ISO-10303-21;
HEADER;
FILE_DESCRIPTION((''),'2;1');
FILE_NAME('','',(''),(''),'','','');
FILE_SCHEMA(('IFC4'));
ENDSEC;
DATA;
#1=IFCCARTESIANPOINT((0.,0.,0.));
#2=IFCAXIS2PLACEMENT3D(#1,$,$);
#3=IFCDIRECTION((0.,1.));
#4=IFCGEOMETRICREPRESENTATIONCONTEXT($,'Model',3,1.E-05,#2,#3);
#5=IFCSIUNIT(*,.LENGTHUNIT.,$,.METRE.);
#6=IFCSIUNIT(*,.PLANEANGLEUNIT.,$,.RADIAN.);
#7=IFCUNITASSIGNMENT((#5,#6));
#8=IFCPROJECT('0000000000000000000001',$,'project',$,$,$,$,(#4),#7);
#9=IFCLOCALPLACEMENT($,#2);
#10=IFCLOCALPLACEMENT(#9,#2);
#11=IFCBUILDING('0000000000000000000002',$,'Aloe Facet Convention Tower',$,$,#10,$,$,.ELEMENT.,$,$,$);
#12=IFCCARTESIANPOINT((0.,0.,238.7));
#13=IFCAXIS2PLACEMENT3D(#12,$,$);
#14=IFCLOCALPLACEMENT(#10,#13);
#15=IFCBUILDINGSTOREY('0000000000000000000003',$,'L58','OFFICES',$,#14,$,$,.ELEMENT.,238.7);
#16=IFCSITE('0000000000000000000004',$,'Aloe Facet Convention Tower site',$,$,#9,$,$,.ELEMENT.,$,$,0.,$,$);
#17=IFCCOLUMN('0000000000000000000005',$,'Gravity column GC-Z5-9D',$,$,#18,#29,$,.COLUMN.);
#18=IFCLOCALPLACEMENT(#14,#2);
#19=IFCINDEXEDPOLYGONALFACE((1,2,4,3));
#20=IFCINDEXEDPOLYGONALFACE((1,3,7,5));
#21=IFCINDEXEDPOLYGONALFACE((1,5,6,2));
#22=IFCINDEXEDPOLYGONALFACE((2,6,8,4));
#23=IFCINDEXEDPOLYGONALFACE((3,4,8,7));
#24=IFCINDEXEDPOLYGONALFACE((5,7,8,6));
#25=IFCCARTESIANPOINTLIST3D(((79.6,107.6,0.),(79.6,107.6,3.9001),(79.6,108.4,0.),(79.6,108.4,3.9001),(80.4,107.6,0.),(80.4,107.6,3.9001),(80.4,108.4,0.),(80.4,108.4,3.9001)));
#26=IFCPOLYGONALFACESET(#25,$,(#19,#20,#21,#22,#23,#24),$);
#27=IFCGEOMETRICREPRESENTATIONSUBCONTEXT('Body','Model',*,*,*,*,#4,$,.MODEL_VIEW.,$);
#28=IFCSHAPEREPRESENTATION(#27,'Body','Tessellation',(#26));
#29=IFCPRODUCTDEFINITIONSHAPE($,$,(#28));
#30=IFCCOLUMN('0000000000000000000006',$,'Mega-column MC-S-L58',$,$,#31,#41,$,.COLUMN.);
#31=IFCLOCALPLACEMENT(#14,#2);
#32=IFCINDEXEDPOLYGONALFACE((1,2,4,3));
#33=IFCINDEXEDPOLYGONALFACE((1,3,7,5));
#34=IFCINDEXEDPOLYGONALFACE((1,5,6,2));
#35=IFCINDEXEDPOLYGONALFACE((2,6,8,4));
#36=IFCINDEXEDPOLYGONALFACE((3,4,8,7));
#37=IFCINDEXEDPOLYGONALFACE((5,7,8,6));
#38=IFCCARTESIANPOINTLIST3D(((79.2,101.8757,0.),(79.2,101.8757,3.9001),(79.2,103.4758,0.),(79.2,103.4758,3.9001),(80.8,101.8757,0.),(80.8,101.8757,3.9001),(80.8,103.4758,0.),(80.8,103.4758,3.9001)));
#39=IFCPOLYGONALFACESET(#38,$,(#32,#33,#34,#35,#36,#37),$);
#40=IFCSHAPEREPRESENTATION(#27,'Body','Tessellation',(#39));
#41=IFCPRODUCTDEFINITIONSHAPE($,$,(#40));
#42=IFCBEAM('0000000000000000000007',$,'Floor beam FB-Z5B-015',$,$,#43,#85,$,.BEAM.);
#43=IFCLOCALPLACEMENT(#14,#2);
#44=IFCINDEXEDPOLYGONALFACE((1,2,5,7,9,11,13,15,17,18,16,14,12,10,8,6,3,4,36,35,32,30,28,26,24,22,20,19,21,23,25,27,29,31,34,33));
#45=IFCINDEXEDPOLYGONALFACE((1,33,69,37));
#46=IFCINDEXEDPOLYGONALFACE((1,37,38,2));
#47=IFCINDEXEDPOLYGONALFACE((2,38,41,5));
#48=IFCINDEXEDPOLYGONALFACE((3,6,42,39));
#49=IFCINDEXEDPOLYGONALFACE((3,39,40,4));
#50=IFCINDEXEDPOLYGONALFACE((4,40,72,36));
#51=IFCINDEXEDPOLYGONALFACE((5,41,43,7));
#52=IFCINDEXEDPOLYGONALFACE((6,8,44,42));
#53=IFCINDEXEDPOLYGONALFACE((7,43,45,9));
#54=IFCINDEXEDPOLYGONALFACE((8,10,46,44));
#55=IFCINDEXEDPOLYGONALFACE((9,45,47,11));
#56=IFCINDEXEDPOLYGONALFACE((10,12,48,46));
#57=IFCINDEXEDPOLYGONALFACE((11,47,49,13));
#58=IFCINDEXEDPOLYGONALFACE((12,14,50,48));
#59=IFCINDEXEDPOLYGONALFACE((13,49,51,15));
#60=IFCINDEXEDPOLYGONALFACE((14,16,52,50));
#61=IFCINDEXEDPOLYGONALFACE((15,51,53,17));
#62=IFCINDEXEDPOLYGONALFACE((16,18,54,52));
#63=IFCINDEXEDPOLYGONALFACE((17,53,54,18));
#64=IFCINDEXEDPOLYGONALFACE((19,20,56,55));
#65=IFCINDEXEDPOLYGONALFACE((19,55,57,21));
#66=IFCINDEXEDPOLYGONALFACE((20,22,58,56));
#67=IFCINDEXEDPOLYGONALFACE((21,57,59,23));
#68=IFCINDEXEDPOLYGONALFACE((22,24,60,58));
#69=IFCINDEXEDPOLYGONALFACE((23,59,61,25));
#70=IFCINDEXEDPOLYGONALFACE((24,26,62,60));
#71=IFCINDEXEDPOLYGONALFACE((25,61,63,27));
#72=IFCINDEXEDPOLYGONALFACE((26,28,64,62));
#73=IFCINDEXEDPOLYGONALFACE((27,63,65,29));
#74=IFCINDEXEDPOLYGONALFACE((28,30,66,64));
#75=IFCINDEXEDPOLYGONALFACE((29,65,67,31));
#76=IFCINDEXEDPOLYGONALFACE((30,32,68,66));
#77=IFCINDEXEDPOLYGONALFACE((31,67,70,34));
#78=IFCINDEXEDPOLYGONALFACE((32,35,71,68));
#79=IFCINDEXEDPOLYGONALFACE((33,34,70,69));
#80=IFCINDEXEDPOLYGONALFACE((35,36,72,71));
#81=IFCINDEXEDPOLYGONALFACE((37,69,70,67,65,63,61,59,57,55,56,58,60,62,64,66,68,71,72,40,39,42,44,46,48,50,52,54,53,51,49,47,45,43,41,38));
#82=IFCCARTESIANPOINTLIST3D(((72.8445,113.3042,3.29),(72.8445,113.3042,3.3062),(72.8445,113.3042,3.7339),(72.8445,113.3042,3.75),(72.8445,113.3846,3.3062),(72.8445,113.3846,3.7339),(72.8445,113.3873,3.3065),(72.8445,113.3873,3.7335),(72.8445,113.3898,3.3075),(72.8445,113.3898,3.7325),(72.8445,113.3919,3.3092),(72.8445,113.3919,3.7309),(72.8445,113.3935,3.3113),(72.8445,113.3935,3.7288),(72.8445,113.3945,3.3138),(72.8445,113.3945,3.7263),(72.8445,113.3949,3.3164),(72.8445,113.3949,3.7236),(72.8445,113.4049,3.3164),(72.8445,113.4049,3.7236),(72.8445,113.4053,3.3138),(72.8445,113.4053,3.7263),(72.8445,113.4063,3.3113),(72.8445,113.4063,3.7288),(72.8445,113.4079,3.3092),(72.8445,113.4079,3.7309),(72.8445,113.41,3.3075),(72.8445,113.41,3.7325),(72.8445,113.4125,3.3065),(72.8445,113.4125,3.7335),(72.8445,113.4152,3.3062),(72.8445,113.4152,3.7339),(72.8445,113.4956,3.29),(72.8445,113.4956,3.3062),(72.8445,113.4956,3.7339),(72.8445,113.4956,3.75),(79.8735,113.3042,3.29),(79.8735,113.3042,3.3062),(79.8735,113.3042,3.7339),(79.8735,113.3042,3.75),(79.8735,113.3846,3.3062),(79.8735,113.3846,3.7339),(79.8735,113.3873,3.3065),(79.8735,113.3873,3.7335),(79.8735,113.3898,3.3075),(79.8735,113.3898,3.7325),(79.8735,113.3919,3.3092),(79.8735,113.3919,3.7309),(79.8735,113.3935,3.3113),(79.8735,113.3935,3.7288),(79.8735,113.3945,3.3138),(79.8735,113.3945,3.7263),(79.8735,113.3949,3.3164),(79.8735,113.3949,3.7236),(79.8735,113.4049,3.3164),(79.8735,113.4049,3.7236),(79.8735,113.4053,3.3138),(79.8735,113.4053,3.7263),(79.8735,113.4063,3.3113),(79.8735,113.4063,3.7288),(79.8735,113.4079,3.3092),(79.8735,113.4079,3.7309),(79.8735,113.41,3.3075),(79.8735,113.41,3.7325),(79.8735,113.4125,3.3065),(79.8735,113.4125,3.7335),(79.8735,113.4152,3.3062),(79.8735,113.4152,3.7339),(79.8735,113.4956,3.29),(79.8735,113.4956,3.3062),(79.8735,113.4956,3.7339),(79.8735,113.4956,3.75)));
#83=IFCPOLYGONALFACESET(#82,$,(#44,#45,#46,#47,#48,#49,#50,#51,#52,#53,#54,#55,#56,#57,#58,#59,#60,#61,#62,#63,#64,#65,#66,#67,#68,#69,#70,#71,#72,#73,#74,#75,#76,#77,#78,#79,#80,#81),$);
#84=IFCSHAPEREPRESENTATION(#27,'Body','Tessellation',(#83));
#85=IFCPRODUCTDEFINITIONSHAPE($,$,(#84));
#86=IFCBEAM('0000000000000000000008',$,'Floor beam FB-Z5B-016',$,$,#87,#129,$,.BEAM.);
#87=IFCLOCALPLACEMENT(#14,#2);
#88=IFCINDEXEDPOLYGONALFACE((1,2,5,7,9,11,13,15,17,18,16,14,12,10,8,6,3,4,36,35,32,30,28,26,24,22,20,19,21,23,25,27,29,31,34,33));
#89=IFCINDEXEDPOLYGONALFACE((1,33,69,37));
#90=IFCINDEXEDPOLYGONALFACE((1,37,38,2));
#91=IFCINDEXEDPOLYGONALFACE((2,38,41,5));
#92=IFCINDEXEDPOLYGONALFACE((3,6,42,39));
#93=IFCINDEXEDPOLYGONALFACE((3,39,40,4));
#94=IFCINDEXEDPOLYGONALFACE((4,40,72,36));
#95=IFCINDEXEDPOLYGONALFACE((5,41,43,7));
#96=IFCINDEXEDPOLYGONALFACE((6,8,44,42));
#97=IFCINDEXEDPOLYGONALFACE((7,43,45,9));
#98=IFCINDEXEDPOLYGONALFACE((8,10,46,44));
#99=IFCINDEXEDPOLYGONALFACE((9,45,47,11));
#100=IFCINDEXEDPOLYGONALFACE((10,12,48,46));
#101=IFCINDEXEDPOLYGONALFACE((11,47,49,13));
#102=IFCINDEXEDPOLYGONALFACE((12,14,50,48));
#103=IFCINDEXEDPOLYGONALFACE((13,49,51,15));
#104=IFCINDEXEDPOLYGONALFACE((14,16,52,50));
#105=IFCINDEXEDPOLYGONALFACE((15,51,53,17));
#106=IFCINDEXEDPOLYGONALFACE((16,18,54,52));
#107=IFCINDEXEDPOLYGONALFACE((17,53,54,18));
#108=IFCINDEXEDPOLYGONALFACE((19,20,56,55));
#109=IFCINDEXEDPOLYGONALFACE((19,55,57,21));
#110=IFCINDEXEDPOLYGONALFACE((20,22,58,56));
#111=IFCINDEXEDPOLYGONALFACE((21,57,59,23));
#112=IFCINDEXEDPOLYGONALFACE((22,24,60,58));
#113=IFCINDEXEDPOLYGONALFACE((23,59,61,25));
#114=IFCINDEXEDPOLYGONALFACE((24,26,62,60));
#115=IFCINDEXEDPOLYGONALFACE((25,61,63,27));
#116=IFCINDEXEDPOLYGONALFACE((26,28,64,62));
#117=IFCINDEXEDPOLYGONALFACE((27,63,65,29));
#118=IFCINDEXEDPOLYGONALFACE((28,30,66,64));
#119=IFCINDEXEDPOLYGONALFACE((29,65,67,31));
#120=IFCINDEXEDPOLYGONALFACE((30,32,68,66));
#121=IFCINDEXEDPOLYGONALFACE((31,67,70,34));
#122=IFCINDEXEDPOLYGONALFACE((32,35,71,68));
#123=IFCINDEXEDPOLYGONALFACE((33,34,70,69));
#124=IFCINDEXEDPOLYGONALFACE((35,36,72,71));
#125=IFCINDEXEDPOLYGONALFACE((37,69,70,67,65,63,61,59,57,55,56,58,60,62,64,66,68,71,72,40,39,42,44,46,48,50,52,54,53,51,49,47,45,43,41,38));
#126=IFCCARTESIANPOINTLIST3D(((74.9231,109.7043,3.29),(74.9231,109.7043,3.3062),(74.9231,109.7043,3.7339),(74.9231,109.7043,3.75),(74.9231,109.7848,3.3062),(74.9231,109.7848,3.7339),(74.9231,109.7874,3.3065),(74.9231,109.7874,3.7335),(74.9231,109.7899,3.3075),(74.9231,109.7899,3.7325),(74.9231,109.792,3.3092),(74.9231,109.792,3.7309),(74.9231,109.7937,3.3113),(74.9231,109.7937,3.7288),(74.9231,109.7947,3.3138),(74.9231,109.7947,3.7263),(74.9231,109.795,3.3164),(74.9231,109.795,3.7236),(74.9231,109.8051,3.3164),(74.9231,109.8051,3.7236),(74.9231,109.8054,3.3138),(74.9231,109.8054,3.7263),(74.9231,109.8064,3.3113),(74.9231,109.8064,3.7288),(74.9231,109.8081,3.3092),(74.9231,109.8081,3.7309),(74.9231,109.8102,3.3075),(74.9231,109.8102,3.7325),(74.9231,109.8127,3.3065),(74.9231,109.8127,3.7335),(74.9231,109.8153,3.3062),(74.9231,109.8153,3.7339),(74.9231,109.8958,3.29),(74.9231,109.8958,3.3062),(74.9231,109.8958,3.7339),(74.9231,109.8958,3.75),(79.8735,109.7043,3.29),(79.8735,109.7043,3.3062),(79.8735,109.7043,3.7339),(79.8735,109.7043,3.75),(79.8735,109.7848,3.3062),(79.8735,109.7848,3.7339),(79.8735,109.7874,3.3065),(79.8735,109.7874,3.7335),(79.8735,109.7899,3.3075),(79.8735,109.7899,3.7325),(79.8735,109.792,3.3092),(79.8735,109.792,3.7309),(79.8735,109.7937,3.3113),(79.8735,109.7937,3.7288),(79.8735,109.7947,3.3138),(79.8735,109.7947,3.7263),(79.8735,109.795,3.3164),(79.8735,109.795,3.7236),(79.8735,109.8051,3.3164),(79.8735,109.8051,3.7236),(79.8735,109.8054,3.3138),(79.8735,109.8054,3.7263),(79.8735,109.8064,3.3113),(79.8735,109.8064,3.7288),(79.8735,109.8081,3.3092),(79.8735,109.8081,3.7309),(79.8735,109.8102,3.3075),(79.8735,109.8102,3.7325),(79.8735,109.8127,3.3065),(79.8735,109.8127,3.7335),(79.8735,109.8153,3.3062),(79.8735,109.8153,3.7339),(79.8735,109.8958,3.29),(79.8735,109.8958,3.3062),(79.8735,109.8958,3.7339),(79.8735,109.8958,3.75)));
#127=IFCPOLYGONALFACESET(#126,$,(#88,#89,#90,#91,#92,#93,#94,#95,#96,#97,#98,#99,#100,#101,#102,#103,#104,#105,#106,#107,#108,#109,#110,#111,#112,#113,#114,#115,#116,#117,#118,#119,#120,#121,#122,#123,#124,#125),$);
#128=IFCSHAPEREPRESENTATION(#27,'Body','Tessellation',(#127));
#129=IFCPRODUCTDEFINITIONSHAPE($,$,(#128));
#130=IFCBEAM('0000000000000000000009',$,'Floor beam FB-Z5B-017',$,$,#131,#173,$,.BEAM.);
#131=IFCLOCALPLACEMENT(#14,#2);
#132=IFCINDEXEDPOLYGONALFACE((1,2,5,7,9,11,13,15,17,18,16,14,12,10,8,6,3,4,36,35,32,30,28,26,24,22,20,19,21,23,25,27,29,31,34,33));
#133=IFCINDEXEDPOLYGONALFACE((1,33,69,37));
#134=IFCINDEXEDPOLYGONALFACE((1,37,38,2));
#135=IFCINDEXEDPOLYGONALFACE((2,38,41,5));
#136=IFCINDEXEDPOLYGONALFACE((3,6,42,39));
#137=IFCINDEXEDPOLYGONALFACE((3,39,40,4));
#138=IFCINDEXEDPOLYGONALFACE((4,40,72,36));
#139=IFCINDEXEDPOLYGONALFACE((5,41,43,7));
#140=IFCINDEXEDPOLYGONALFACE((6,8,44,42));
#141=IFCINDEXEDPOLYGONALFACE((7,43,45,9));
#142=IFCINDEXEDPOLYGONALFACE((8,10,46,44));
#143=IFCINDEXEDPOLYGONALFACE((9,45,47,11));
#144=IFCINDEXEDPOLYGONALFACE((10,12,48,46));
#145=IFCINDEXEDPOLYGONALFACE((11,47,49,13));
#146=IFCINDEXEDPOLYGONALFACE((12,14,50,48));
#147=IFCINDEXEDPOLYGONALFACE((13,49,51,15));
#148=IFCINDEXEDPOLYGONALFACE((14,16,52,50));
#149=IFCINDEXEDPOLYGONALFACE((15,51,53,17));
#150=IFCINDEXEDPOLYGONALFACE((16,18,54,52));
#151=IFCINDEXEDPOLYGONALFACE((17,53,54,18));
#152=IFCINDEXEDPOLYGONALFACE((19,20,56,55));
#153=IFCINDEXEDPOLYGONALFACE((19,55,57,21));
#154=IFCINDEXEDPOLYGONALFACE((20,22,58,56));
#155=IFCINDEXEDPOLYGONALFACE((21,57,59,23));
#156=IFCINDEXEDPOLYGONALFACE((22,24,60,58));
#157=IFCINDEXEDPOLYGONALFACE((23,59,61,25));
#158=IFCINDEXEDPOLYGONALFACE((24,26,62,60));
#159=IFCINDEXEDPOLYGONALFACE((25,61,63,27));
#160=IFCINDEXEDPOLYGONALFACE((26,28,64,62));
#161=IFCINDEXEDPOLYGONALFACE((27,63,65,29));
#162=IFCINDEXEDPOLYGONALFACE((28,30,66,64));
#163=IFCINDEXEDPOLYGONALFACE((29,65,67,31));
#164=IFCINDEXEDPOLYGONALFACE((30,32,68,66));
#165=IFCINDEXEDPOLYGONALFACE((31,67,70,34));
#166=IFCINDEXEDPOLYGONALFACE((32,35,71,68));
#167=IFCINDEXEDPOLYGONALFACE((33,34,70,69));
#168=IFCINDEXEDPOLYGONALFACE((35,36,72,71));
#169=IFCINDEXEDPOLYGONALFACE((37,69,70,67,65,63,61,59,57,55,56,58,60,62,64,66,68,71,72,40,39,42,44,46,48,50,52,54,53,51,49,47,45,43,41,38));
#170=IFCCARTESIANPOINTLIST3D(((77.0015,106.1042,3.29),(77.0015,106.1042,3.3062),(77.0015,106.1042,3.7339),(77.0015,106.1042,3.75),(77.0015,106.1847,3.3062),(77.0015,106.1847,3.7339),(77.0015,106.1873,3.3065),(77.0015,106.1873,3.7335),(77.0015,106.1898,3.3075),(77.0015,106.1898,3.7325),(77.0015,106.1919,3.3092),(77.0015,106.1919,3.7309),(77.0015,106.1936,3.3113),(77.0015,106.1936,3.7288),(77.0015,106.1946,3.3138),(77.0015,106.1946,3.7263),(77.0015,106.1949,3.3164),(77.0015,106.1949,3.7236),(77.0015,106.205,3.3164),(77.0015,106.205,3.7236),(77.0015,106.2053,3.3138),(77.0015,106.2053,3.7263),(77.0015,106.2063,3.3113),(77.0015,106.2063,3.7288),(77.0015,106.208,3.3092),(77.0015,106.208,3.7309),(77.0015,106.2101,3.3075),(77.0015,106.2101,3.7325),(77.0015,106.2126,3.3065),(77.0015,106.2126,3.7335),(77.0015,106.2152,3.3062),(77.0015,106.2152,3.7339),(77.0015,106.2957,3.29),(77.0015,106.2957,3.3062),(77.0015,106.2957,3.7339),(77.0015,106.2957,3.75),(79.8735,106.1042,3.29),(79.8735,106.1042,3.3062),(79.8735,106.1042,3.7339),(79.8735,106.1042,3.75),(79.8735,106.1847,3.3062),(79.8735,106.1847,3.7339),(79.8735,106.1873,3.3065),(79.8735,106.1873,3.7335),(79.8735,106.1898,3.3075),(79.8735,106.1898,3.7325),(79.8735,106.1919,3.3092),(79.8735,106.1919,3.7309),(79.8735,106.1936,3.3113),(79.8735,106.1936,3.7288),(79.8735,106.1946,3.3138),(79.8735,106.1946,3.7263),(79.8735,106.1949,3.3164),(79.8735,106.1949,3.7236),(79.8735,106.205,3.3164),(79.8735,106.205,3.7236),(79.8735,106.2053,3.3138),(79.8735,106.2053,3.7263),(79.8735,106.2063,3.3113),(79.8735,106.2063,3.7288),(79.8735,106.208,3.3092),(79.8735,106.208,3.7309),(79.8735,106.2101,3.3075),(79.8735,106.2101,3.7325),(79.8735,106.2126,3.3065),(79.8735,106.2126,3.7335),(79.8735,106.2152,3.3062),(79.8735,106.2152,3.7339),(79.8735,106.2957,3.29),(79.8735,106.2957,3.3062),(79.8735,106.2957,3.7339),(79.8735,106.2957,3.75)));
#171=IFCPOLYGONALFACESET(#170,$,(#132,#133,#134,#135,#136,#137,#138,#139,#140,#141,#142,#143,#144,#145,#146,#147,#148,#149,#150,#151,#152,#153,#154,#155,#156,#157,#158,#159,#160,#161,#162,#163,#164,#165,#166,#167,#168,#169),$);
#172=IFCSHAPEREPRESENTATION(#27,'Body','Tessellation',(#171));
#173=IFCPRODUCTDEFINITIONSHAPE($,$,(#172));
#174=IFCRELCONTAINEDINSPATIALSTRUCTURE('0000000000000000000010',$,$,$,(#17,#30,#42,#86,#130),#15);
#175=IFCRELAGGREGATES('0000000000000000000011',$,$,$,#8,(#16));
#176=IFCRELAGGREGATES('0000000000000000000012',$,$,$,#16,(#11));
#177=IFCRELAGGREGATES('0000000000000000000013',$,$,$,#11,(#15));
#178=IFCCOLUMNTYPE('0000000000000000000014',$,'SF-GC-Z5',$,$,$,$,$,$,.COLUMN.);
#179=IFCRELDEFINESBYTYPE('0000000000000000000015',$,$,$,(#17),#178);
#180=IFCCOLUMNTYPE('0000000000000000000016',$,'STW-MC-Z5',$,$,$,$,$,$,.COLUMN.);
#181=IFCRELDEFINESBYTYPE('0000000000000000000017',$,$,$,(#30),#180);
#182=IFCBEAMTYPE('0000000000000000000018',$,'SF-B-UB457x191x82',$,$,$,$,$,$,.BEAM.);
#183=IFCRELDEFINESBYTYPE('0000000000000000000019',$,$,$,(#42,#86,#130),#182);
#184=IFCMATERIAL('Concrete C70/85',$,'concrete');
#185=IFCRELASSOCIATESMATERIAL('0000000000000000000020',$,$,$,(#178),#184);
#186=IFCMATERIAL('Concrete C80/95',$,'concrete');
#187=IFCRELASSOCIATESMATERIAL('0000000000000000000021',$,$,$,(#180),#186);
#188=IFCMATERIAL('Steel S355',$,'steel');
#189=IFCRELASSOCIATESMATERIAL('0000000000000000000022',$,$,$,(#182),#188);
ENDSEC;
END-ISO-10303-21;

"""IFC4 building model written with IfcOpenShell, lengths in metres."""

from ifc_helpers import new_model, si_unit, direction, frame, origin, origin_2d, place, context, subcontext, project, spatial, rectangle, i_section, extrude, material, material_profile, profile_set, type_object, element, save


model = new_model("IFC4")

# Units and contexts
model_context = context("Model", 3, precision=1e-05, world=origin(), true_north=direction((0.0, 1.0)))
body_context = subcontext(model_context, "Body", "Model", "MODEL_VIEW")
ifc_project = project(units=[si_unit("LENGTHUNIT", "METRE"), si_unit("PLANEANGLEUNIT", "RADIAN")], contexts=[model_context])

# Site, building, storey
site_placement = place(None, origin())
site = spatial("IfcSite", under=ifc_project, at=site_placement, Name="Aloe Facet Convention Tower site", CompositionType="ELEMENT", RefElevation=0.0)
building_placement = place(site_placement, origin())
building = spatial("IfcBuilding", under=site, at=building_placement, Name="Aloe Facet Convention Tower", CompositionType="ELEMENT")
storey_placement = place(building_placement, frame((0.0, 0.0, 238.7)))
storey = spatial("IfcBuildingStorey", under=building, at=storey_placement, Name="L58", Description="OFFICES", CompositionType="ELEMENT", Elevation=238.7)

# Columns
ifc_material_1 = material(Name="Concrete C70/85", Category="concrete")
ifc_material_profile_1 = material_profile(ifc_material_1, rectangle(XDim=0.8, YDim=0.8, at=origin_2d()), Name="SF-GC-Z5")
ifc_profile_set_1 = profile_set([ifc_material_profile_1], Name="Concrete C70/85")
column_type_1 = type_object("IfcColumnType", Name="SF-GC-Z5", PredefinedType="COLUMN", material=ifc_profile_set_1)
column_1_placement = place(storey_placement, frame((80.0, 108.0, 0.0), z_axis=(0.0, 0.0, 1.0), x_axis=(1.0, 0.0, 0.0)))
element("IfcColumn", 1, at=column_1_placement, inside=storey, type_object=column_type_1, Name="Gravity column GC-Z5-9D", PredefinedType="COLUMN", context=body_context, shape_type="SweptSolid", body=[
    extrude(rectangle(XDim=0.8, YDim=0.8, at=origin_2d()), origin(), (0.0, 0.0, 1.0), 3.9001),
])
ifc_material_2 = material(Name="Concrete C80/95", Category="concrete")
ifc_material_profile_2 = material_profile(ifc_material_2, rectangle(XDim=1.6001, YDim=1.6001, at=origin_2d()), Name="STW-MC-Z5")
ifc_profile_set_2 = profile_set([ifc_material_profile_2], Name="Concrete C80/95")
column_type_2 = type_object("IfcColumnType", Name="STW-MC-Z5", PredefinedType="COLUMN", material=ifc_profile_set_2)
column_2_placement = place(storey_placement, frame((80.0, 102.6758, 0.0), z_axis=(0.0, 0.0, 1.0), x_axis=(1.0, 0.0, 0.0)))
element("IfcColumn", 2, at=column_2_placement, inside=storey, type_object=column_type_2, Name="Mega-column MC-S-L58", PredefinedType="COLUMN", context=body_context, shape_type="SweptSolid", body=[
    extrude(rectangle(XDim=1.6001, YDim=1.6001, at=origin_2d()), origin(), (0.0, 0.0, 1.0), 3.9001),
])

# Beams
ifc_material_3 = material(Name="Steel S355", Category="steel")
ifc_material_profile_3 = material_profile(ifc_material_3, i_section(OverallWidth=0.1914, OverallDepth=0.46, WebThickness=0.01, FlangeThickness=0.0161, FilletRadius=0.0103, at=origin_2d()), Name="UB 457x191x82")
ifc_profile_set_3 = profile_set([ifc_material_profile_3], Name="Steel S355")
beam_type_1 = type_object("IfcBeamType", Name="SF-B-UB457x191x82", PredefinedType="BEAM", material=ifc_profile_set_3)
beam_1_placement = place(storey_placement, frame((72.8445, 113.3999, 3.52), z_axis=(1.0, 0.0, 0.0), x_axis=(0.0, 1.0, 0.0)))
element("IfcBeam", 3, at=beam_1_placement, inside=storey, type_object=beam_type_1, Name="Floor beam FB-Z5B-015", PredefinedType="BEAM", context=body_context, shape_type="SweptSolid", body=[
    extrude(i_section(OverallWidth=0.1914, OverallDepth=0.46, WebThickness=0.01, FlangeThickness=0.0161, FilletRadius=0.0103, at=origin_2d()), origin(), (0.0, 0.0, 1.0), 7.0291),
])
beam_2_placement = place(storey_placement, frame((74.9231, 109.8, 3.52), z_axis=(1.0, 0.0, 0.0), x_axis=(0.0, 1.0, 0.0)))
element("IfcBeam", 4, at=beam_2_placement, inside=storey, type_object=beam_type_1, Name="Floor beam FB-Z5B-016", PredefinedType="BEAM", context=body_context, shape_type="SweptSolid", body=[
    extrude(i_section(OverallWidth=0.1914, OverallDepth=0.46, WebThickness=0.01, FlangeThickness=0.0161, FilletRadius=0.0103, at=origin_2d()), origin(), (0.0, 0.0, 1.0), 4.9504),
])
for number, where, z_axis, x_axis, name in (
    (5, (77.0015, 106.2, 3.52), (1.0, 0.0, 0.0), (0.0, 1.0, 0.0), "Floor beam FB-Z5B-017"),
):
    element("IfcBeam", number, at=place(storey_placement, frame(where, z_axis=z_axis, x_axis=x_axis)), inside=storey, type_object=beam_type_1, Name=name, PredefinedType="BEAM", context=body_context, shape_type="SweptSolid", body=[
        extrude(i_section(OverallWidth=0.1914, OverallDepth=0.46, WebThickness=0.01, FlangeThickness=0.0161, FilletRadius=0.0103, at=origin_2d()), origin(), (0.0, 0.0, 1.0), 2.8721),
    ])

save(model, "model.ifc")
